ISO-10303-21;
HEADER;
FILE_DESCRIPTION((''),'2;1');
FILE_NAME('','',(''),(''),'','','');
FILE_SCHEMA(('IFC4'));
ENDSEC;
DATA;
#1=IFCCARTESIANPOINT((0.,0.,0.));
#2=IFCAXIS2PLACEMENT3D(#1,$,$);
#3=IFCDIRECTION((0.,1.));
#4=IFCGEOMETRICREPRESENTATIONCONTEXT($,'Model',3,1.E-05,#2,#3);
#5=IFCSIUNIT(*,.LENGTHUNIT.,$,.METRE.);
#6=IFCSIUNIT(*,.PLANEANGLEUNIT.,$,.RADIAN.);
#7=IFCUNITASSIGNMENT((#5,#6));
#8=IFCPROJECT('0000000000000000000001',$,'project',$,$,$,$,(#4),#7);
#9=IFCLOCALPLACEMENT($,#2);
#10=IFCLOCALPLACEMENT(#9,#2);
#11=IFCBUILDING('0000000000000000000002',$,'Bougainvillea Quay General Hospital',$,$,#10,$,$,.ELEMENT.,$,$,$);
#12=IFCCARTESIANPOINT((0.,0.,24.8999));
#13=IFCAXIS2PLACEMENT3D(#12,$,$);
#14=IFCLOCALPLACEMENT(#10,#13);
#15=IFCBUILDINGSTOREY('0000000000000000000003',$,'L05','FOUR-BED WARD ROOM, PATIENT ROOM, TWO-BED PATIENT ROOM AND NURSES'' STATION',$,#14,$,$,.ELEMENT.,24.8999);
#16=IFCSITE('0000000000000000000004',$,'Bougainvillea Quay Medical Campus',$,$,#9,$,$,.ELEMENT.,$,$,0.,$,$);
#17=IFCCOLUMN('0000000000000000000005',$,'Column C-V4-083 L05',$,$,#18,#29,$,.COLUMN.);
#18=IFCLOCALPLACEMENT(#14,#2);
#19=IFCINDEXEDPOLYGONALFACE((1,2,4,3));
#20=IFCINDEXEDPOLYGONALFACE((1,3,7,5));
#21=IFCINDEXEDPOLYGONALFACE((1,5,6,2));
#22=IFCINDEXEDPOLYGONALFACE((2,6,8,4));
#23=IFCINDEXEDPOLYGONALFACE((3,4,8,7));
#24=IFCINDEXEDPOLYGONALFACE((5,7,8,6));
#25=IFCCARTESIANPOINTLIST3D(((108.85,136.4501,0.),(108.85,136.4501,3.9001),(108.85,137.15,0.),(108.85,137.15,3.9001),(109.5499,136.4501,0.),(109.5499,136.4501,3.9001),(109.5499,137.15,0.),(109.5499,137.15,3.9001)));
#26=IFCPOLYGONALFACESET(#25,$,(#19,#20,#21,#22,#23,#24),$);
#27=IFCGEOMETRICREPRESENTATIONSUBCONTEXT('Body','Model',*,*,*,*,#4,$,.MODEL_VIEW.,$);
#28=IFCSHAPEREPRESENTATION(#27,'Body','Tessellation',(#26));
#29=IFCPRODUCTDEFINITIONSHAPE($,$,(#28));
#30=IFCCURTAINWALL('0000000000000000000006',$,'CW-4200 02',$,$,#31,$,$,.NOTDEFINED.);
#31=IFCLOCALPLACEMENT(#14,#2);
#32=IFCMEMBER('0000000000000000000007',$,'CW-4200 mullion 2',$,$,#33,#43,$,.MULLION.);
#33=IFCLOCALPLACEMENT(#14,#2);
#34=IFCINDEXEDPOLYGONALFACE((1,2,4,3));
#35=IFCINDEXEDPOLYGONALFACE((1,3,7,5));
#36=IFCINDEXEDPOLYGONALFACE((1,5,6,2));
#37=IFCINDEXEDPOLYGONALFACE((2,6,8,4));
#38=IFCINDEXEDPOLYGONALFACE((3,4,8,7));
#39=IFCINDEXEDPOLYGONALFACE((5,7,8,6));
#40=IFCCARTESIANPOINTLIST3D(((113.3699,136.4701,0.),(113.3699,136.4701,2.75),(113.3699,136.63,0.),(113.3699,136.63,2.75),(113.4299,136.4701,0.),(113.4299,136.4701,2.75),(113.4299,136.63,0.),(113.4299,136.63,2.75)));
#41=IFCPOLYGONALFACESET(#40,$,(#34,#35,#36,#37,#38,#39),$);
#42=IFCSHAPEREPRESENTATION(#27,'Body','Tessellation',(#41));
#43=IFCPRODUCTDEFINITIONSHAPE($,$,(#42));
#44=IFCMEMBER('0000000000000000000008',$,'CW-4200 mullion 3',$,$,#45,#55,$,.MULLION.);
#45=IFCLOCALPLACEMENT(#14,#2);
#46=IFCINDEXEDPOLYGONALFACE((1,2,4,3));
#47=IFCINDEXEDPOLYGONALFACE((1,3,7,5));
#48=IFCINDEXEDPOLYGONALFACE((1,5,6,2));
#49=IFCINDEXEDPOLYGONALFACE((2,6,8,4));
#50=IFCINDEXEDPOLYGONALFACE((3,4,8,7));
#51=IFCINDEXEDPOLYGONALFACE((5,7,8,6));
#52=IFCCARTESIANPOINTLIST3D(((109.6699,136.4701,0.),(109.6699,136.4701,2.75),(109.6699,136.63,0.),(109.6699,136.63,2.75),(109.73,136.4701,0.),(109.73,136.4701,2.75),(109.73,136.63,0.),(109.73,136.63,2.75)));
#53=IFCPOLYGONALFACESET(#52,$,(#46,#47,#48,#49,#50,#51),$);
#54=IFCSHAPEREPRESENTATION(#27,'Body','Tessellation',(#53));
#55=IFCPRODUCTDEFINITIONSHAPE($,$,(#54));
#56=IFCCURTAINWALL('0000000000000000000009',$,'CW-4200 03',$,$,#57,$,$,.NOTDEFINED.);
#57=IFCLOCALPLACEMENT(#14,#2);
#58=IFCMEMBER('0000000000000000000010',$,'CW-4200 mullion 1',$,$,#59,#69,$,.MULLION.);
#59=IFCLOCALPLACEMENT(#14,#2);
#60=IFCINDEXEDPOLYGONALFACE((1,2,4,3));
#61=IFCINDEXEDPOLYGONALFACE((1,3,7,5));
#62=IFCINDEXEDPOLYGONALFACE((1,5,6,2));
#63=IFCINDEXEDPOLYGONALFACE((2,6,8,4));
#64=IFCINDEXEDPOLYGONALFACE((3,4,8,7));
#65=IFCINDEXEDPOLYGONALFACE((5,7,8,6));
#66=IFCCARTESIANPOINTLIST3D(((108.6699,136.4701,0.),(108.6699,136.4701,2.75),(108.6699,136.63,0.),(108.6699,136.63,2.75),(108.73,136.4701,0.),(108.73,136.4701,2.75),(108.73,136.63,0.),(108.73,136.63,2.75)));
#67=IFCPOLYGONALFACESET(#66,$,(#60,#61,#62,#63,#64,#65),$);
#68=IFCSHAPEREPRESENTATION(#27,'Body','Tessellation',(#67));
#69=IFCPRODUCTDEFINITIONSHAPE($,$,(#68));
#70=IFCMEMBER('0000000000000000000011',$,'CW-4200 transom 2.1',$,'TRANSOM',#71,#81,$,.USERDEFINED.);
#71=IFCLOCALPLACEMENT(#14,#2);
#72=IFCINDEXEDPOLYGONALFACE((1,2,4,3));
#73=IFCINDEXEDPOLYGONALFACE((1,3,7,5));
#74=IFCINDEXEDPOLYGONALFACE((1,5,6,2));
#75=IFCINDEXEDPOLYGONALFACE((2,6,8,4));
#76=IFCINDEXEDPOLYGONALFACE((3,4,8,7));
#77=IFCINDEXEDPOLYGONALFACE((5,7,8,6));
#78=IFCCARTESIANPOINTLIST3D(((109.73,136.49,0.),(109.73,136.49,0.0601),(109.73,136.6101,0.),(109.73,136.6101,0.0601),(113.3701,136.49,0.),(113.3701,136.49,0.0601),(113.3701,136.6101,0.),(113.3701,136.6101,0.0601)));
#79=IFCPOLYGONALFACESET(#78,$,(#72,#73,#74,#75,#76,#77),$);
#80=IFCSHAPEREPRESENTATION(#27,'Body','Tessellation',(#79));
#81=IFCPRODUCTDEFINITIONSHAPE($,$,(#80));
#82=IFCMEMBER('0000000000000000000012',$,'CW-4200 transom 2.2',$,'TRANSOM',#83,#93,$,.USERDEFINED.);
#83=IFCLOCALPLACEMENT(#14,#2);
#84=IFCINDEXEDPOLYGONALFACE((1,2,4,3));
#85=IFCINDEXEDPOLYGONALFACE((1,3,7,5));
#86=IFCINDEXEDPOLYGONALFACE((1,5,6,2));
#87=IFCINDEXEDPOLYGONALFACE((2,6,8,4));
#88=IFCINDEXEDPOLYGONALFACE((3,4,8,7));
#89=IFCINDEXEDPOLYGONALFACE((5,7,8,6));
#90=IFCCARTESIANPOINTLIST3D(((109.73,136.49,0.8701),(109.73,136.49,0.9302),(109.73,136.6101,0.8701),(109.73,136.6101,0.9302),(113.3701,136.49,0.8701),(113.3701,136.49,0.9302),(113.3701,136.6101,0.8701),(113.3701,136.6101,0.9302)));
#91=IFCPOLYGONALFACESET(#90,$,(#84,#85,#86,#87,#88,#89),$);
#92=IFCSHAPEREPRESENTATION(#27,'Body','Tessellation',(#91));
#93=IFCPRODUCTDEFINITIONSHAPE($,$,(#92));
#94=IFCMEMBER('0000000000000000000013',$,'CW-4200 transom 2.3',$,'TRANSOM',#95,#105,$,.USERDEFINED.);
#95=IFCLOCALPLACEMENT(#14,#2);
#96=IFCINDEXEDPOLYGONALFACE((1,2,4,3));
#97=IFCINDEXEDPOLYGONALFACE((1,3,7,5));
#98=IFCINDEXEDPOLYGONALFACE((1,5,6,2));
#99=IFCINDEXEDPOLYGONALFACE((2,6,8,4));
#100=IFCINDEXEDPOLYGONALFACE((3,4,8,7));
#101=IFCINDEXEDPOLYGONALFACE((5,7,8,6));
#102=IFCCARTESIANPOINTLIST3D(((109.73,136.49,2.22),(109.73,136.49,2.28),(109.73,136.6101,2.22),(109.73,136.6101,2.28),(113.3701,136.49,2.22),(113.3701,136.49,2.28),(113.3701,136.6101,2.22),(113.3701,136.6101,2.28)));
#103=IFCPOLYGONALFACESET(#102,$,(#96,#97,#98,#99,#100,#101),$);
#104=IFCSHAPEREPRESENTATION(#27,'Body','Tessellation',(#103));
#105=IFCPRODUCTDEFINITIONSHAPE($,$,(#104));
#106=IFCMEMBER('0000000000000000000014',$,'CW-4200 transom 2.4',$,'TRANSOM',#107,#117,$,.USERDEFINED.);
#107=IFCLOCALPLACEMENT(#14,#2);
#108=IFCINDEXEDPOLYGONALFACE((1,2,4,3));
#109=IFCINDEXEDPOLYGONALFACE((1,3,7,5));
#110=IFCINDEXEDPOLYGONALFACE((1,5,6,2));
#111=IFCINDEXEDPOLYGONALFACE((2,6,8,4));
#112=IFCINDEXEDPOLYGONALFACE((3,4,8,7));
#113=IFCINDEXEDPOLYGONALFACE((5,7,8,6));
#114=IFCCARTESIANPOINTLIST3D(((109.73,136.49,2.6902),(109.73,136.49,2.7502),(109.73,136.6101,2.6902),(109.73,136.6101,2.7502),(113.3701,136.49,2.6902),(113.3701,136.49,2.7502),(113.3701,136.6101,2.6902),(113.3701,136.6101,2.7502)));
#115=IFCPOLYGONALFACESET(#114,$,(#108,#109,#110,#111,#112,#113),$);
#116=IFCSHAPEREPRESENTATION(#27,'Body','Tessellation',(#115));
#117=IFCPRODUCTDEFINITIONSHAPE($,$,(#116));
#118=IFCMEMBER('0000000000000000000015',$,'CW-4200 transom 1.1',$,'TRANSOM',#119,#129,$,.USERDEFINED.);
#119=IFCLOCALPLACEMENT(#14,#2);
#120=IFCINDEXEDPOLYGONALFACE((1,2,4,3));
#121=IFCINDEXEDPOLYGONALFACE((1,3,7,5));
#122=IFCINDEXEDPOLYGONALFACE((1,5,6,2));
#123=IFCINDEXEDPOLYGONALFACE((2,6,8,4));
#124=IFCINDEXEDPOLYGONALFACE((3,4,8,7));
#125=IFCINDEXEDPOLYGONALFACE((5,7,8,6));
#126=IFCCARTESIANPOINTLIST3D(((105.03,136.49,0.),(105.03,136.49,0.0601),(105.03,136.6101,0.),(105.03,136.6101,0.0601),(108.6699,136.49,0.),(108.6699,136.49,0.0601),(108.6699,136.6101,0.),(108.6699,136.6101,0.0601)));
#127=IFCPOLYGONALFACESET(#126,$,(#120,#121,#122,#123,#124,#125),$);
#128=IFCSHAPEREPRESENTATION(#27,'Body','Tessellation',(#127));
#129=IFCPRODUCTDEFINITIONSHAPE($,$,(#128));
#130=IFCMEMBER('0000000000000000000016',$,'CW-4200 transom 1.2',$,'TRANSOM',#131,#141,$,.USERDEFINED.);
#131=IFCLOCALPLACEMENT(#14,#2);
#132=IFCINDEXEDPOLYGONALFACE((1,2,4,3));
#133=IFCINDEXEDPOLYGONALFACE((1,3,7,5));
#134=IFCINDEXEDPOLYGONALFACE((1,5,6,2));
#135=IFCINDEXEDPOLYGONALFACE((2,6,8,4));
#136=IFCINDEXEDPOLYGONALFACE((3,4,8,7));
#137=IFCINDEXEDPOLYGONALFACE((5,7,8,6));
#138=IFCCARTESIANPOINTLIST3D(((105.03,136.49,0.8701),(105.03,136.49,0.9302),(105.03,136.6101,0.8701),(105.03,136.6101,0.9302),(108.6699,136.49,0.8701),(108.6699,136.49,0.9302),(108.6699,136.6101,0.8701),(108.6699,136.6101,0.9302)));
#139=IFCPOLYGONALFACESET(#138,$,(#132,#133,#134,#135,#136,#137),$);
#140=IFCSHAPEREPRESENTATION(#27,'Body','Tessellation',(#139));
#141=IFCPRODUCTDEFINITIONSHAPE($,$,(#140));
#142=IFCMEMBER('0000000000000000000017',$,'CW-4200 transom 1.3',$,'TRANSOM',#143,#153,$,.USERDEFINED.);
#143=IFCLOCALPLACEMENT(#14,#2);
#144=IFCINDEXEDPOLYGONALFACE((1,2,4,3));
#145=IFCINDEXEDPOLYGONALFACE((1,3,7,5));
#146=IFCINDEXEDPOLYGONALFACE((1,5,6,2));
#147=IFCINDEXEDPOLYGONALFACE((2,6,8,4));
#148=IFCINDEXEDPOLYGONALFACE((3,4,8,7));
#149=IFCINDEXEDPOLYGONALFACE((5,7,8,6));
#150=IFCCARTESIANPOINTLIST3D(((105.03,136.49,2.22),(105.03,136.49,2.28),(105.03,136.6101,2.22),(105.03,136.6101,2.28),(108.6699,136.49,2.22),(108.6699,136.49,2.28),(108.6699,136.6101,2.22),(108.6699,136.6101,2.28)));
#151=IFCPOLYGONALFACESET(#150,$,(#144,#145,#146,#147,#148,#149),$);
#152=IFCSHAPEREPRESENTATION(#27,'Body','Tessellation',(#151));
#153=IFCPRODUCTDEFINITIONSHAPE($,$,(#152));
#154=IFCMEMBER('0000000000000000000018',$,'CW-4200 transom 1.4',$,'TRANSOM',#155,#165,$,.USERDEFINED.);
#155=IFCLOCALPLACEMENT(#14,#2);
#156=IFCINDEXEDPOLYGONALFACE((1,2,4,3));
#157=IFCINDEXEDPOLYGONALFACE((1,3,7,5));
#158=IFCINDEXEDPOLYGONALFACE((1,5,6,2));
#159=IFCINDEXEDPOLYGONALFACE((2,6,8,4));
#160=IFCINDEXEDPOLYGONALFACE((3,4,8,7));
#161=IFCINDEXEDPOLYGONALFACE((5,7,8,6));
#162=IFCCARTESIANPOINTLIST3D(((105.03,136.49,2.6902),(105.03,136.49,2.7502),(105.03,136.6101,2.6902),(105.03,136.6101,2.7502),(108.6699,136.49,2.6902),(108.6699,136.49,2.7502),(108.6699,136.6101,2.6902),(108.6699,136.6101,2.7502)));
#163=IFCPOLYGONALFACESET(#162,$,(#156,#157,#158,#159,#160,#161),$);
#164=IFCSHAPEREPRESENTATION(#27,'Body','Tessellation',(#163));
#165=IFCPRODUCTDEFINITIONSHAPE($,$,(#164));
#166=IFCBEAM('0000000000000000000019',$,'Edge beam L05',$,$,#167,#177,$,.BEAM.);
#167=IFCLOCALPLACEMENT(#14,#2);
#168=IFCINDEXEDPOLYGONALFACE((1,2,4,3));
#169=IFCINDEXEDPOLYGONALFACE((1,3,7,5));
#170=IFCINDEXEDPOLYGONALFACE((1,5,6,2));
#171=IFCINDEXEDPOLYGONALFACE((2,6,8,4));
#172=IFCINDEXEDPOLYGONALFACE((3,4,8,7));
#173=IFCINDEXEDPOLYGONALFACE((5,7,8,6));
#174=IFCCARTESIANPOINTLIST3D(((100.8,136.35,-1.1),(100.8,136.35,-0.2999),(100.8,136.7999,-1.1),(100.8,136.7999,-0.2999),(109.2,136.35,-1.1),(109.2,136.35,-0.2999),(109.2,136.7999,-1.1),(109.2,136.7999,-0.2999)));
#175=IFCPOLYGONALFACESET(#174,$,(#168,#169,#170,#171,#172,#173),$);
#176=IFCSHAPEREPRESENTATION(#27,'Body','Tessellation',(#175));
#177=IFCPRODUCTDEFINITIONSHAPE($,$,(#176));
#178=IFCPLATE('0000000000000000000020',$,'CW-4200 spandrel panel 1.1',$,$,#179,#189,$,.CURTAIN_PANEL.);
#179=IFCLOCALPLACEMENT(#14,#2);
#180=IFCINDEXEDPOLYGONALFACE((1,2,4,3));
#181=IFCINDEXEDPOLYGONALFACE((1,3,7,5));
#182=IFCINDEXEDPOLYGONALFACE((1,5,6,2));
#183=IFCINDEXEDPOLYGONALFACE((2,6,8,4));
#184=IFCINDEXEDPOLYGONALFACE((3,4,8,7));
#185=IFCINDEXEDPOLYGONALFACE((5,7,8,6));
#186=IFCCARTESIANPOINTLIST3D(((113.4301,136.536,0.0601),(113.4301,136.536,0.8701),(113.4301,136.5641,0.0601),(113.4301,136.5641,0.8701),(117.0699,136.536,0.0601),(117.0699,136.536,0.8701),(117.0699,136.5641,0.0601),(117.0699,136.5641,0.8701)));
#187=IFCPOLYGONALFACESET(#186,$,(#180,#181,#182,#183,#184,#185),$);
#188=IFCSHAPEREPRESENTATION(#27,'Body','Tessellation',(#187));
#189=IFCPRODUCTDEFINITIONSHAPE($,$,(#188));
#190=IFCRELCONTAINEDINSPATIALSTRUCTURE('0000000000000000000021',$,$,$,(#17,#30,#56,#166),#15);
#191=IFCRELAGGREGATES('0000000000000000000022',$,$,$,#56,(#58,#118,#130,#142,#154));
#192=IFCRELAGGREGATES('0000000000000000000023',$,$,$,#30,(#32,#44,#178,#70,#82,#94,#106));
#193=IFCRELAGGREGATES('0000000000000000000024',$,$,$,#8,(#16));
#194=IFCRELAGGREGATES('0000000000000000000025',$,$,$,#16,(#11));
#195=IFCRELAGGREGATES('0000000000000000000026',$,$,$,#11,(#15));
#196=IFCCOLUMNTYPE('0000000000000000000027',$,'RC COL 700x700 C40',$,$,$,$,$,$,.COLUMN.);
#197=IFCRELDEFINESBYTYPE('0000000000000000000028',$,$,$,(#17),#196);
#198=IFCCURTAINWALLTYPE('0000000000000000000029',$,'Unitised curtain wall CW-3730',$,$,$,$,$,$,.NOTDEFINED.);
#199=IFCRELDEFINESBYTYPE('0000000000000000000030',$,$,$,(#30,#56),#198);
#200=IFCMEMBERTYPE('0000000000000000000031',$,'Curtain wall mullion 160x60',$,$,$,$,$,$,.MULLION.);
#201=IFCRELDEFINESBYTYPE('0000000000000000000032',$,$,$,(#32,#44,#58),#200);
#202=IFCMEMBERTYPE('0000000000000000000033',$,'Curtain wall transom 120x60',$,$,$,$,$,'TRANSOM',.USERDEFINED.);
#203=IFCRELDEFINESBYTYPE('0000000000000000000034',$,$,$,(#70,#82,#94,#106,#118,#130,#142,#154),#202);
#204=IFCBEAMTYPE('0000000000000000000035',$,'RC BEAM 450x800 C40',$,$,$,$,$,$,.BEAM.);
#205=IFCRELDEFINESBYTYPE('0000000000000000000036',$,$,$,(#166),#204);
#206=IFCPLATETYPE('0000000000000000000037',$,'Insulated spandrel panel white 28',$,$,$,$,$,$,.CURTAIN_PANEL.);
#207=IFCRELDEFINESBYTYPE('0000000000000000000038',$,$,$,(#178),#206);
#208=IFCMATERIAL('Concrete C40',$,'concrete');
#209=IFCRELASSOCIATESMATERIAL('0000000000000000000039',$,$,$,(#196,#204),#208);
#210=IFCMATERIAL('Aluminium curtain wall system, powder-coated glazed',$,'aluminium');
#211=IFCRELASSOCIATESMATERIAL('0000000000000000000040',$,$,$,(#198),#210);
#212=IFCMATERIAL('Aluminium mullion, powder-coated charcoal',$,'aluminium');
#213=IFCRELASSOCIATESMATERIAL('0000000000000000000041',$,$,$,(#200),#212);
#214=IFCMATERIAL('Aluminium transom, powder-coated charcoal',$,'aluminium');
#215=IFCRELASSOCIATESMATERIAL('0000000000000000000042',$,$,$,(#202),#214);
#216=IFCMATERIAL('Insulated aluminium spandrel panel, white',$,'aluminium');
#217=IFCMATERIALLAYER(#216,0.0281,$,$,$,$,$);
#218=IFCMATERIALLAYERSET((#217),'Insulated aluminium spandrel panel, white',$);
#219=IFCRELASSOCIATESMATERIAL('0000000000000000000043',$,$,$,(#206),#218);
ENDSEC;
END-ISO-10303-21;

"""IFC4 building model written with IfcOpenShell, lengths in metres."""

from ifc_helpers import new_model, si_unit, direction, frame, origin, origin_2d, place, context, subcontext, project, spatial, rectangle, extrude, material, layer, layer_set, material_profile, profile_set, type_object, element, aggregate, save


model = new_model("IFC4")

# Units and contexts
model_context = context("Model", 3, precision=1e-05, world=origin(), true_north=direction((0.0, 1.0)))
body_context = subcontext(model_context, "Body", "Model", "MODEL_VIEW")
ifc_project = project(units=[si_unit("LENGTHUNIT", "METRE"), si_unit("PLANEANGLEUNIT", "RADIAN")], contexts=[model_context])

# Site, building, storey
site_placement = place(None, origin())
site = spatial("IfcSite", under=ifc_project, at=site_placement, Name="Bougainvillea Quay Medical Campus", CompositionType="ELEMENT", RefElevation=0.0)
building_placement = place(site_placement, origin())
building = spatial("IfcBuilding", under=site, at=building_placement, Name="Bougainvillea Quay General Hospital", CompositionType="ELEMENT")
storey_placement = place(building_placement, frame((0.0, 0.0, 24.8999)))
storey = spatial("IfcBuildingStorey", under=building, at=storey_placement, Name="L05", Description="FOUR-BED WARD ROOM, PATIENT ROOM, TWO-BED PATIENT ROOM AND NURSES' STATION", CompositionType="ELEMENT", Elevation=24.8999)

# Column
ifc_material_1 = material(Name="Concrete C40", Category="concrete")
ifc_material_profile_1 = material_profile(ifc_material_1, rectangle(XDim=0.7, YDim=0.7, at=origin_2d()))
ifc_profile_set_1 = profile_set([ifc_material_profile_1], Name="Concrete C40")
column_type = type_object("IfcColumnType", Name="RC COL 700x700 C40", PredefinedType="COLUMN", material=ifc_profile_set_1)
column_placement = place(storey_placement, frame((109.2, 136.8, 0.0), z_axis=(0.0, 0.0, 1.0), x_axis=(1.0, 0.0, 0.0)))
element("IfcColumn", 1, at=column_placement, inside=storey, type_object=column_type, Name="Column C-V4-083 L05", PredefinedType="COLUMN", context=body_context, shape_type="SweptSolid", body=[
    extrude(rectangle(XDim=0.7, YDim=0.7, at=origin_2d()), origin(), (0.0, 0.0, 1.0), 3.9001),
])

# Curtain wall, members
ifc_material_2 = material(Name="Aluminium curtain wall system, powder-coated glazed", Category="aluminium")
curtain_wall_type = type_object("IfcCurtainWallType", Name="Unitised curtain wall CW-3730", PredefinedType="NOTDEFINED", material=ifc_material_2)
curtain_wall_1_placement = place(storey_placement, origin())
curtain_wall_1 = element("IfcCurtainWall", 2, at=curtain_wall_1_placement, inside=storey, type_object=curtain_wall_type, Name="CW-4200 02", PredefinedType="NOTDEFINED")
ifc_material_3 = material(Name="Aluminium mullion, powder-coated charcoal", Category="aluminium")
ifc_material_profile_2 = material_profile(ifc_material_3, rectangle(XDim=0.1599, YDim=0.0601, at=origin_2d()))
ifc_profile_set_2 = profile_set([ifc_material_profile_2], Name="Aluminium mullion, powder-coated charcoal")
member_type_1 = type_object("IfcMemberType", Name="Curtain wall mullion 160x60", PredefinedType="MULLION", material=ifc_profile_set_2)
member_1_placement = place(storey_placement, frame((113.3999, 136.55, 0.0), z_axis=(0.0, 0.0, 1.0), x_axis=(0.0, -1.0, 0.0)))
member_1 = element("IfcMember", 3, at=member_1_placement, type_object=member_type_1, Name="CW-4200 mullion 2", PredefinedType="MULLION", context=body_context, shape_type="SweptSolid", body=[
    extrude(rectangle(XDim=0.1599, YDim=0.0601, at=origin_2d()), origin(), (0.0, 0.0, 1.0), 2.75),
])
member_2_placement = place(storey_placement, frame((109.7, 136.55, 0.0), z_axis=(0.0, 0.0, 1.0), x_axis=(0.0, -1.0, 0.0)))
member_2 = element("IfcMember", 4, at=member_2_placement, type_object=member_type_1, Name="CW-4200 mullion 3", PredefinedType="MULLION", context=body_context, shape_type="SweptSolid", body=[
    extrude(rectangle(XDim=0.1599, YDim=0.0601, at=origin_2d()), origin(), (0.0, 0.0, 1.0), 2.75),
])

# Curtain wall, member
curtain_wall_2_placement = place(storey_placement, origin())
curtain_wall_2 = element("IfcCurtainWall", 5, at=curtain_wall_2_placement, inside=storey, type_object=curtain_wall_type, Name="CW-4200 03", PredefinedType="NOTDEFINED")
member_3_placement = place(storey_placement, frame((108.7, 136.55, 0.0), z_axis=(0.0, 0.0, 1.0), x_axis=(0.0, -1.0, 0.0)))
member_3 = element("IfcMember", 6, at=member_3_placement, type_object=member_type_1, Name="CW-4200 mullion 1", PredefinedType="MULLION", context=body_context, shape_type="SweptSolid", body=[
    extrude(rectangle(XDim=0.1599, YDim=0.0601, at=origin_2d()), origin(), (0.0, 0.0, 1.0), 2.75),
])

# Members
ifc_material_4 = material(Name="Aluminium transom, powder-coated charcoal", Category="aluminium")
ifc_material_profile_3 = material_profile(ifc_material_4, rectangle(XDim=0.1201, YDim=0.0601, at=origin_2d()))
ifc_profile_set_3 = profile_set([ifc_material_profile_3], Name="Aluminium transom, powder-coated charcoal")
member_type_2 = type_object("IfcMemberType", Name="Curtain wall transom 120x60", ElementType="TRANSOM", PredefinedType="USERDEFINED", material=ifc_profile_set_3)
member_4_placement = place(storey_placement, frame((113.3701, 136.55, 0.03), z_axis=(-1.0, 0.0, 0.0), x_axis=(0.0, -1.0, 0.0)))
member_4 = element("IfcMember", 7, at=member_4_placement, type_object=member_type_2, Name="CW-4200 transom 2.1", ObjectType="TRANSOM", PredefinedType="USERDEFINED", context=body_context, shape_type="SweptSolid", body=[
    extrude(rectangle(XDim=0.1201, YDim=0.0601, at=origin_2d()), origin(), (0.0, 0.0, 1.0), 3.6401),
])
member_5_placement = place(storey_placement, frame((113.3701, 136.55, 0.9001), z_axis=(-1.0, 0.0, 0.0), x_axis=(0.0, -1.0, 0.0)))
member_5 = element("IfcMember", 8, at=member_5_placement, type_object=member_type_2, Name="CW-4200 transom 2.2", ObjectType="TRANSOM", PredefinedType="USERDEFINED", context=body_context, shape_type="SweptSolid", body=[
    extrude(rectangle(XDim=0.1201, YDim=0.0601, at=origin_2d()), origin(), (0.0, 0.0, 1.0), 3.6401),
])
member_6_placement = place(storey_placement, frame((113.3701, 136.55, 2.25), z_axis=(-1.0, 0.0, 0.0), x_axis=(0.0, -1.0, 0.0)))
member_6 = element("IfcMember", 9, at=member_6_placement, type_object=member_type_2, Name="CW-4200 transom 2.3", ObjectType="TRANSOM", PredefinedType="USERDEFINED", context=body_context, shape_type="SweptSolid", body=[
    extrude(rectangle(XDim=0.1201, YDim=0.0601, at=origin_2d()), origin(), (0.0, 0.0, 1.0), 3.6401),
])
member_7_placement = place(storey_placement, frame((113.3701, 136.55, 2.7202), z_axis=(-1.0, 0.0, 0.0), x_axis=(0.0, -1.0, 0.0)))
member_7 = element("IfcMember", 10, at=member_7_placement, type_object=member_type_2, Name="CW-4200 transom 2.4", ObjectType="TRANSOM", PredefinedType="USERDEFINED", context=body_context, shape_type="SweptSolid", body=[
    extrude(rectangle(XDim=0.1201, YDim=0.0601, at=origin_2d()), origin(), (0.0, 0.0, 1.0), 3.6401),
])
member_8_placement = place(storey_placement, frame((108.6699, 136.55, 0.03), z_axis=(-1.0, 0.0, 0.0), x_axis=(0.0, -1.0, 0.0)))
member_8 = element("IfcMember", 11, at=member_8_placement, type_object=member_type_2, Name="CW-4200 transom 1.1", ObjectType="TRANSOM", PredefinedType="USERDEFINED", context=body_context, shape_type="SweptSolid", body=[
    extrude(rectangle(XDim=0.1201, YDim=0.0601, at=origin_2d()), origin(), (0.0, 0.0, 1.0), 3.6399),
])
member_9_placement = place(storey_placement, frame((108.6699, 136.55, 0.9001), z_axis=(-1.0, 0.0, 0.0), x_axis=(0.0, -1.0, 0.0)))
member_9 = element("IfcMember", 12, at=member_9_placement, type_object=member_type_2, Name="CW-4200 transom 1.2", ObjectType="TRANSOM", PredefinedType="USERDEFINED", context=body_context, shape_type="SweptSolid", body=[
    extrude(rectangle(XDim=0.1201, YDim=0.0601, at=origin_2d()), origin(), (0.0, 0.0, 1.0), 3.6399),
])
member_10_placement = place(storey_placement, frame((108.6699, 136.55, 2.25), z_axis=(-1.0, 0.0, 0.0), x_axis=(0.0, -1.0, 0.0)))
member_10 = element("IfcMember", 13, at=member_10_placement, type_object=member_type_2, Name="CW-4200 transom 1.3", ObjectType="TRANSOM", PredefinedType="USERDEFINED", context=body_context, shape_type="SweptSolid", body=[
    extrude(rectangle(XDim=0.1201, YDim=0.0601, at=origin_2d()), origin(), (0.0, 0.0, 1.0), 3.6399),
])
member_11_placement = place(storey_placement, frame((108.6699, 136.55, 2.7202), z_axis=(-1.0, 0.0, 0.0), x_axis=(0.0, -1.0, 0.0)))
member_11 = element("IfcMember", 14, at=member_11_placement, type_object=member_type_2, Name="CW-4200 transom 1.4", ObjectType="TRANSOM", PredefinedType="USERDEFINED", context=body_context, shape_type="SweptSolid", body=[
    extrude(rectangle(XDim=0.1201, YDim=0.0601, at=origin_2d()), origin(), (0.0, 0.0, 1.0), 3.6399),
])
aggregate(curtain_wall_2, [member_3, member_8, member_9, member_10, member_11])

# Beam
ifc_material_profile_4 = material_profile(ifc_material_1, rectangle(XDim=0.45, YDim=0.8, at=origin_2d()))
ifc_profile_set_4 = profile_set([ifc_material_profile_4], Name="Concrete C40")
beam_type = type_object("IfcBeamType", Name="RC BEAM 450x800 C40", PredefinedType="BEAM", material=ifc_profile_set_4)
beam_placement = place(storey_placement, frame((109.2, 136.575, -0.7), z_axis=(-1.0, 0.0, 0.0), x_axis=(0.0, -1.0, 0.0)))
element("IfcBeam", 15, at=beam_placement, inside=storey, type_object=beam_type, Name="Edge beam L05", PredefinedType="BEAM", context=body_context, shape_type="SweptSolid", body=[
    extrude(rectangle(XDim=0.45, YDim=0.8, at=origin_2d()), origin(), (0.0, 0.0, 1.0), 8.3999),
])

# Plate
ifc_material_5 = material(Name="Insulated aluminium spandrel panel, white", Category="aluminium")
ifc_layer_1 = layer(ifc_material_5, 0.0281)
ifc_layer_set_1 = layer_set([ifc_layer_1], Name="Insulated aluminium spandrel panel, white")
plate_type_1 = type_object("IfcPlateType", Name="Insulated spandrel panel white 28", PredefinedType="CURTAIN_PANEL", material=ifc_layer_set_1)
plate_1_placement = place(storey_placement, frame((115.25, 136.55, 0.0601), z_axis=(0.0, 0.0, 1.0), x_axis=(-1.0, 0.0, 0.0)))
plate_1 = element("IfcPlate", 16, at=plate_1_placement, type_object=plate_type_1, Name="CW-4200 spandrel panel 1.1", PredefinedType="CURTAIN_PANEL", context=body_context, shape_type="SweptSolid", body=[
    extrude(rectangle(XDim=3.6399, YDim=0.0281, at=origin_2d()), origin(), (0.0, 0.0, 1.0), 0.8101),
])
aggregate(curtain_wall_1, [member_1, member_2, plate_1, member_4, member_5, member_6, member_7])

save(model, "model.ifc")
